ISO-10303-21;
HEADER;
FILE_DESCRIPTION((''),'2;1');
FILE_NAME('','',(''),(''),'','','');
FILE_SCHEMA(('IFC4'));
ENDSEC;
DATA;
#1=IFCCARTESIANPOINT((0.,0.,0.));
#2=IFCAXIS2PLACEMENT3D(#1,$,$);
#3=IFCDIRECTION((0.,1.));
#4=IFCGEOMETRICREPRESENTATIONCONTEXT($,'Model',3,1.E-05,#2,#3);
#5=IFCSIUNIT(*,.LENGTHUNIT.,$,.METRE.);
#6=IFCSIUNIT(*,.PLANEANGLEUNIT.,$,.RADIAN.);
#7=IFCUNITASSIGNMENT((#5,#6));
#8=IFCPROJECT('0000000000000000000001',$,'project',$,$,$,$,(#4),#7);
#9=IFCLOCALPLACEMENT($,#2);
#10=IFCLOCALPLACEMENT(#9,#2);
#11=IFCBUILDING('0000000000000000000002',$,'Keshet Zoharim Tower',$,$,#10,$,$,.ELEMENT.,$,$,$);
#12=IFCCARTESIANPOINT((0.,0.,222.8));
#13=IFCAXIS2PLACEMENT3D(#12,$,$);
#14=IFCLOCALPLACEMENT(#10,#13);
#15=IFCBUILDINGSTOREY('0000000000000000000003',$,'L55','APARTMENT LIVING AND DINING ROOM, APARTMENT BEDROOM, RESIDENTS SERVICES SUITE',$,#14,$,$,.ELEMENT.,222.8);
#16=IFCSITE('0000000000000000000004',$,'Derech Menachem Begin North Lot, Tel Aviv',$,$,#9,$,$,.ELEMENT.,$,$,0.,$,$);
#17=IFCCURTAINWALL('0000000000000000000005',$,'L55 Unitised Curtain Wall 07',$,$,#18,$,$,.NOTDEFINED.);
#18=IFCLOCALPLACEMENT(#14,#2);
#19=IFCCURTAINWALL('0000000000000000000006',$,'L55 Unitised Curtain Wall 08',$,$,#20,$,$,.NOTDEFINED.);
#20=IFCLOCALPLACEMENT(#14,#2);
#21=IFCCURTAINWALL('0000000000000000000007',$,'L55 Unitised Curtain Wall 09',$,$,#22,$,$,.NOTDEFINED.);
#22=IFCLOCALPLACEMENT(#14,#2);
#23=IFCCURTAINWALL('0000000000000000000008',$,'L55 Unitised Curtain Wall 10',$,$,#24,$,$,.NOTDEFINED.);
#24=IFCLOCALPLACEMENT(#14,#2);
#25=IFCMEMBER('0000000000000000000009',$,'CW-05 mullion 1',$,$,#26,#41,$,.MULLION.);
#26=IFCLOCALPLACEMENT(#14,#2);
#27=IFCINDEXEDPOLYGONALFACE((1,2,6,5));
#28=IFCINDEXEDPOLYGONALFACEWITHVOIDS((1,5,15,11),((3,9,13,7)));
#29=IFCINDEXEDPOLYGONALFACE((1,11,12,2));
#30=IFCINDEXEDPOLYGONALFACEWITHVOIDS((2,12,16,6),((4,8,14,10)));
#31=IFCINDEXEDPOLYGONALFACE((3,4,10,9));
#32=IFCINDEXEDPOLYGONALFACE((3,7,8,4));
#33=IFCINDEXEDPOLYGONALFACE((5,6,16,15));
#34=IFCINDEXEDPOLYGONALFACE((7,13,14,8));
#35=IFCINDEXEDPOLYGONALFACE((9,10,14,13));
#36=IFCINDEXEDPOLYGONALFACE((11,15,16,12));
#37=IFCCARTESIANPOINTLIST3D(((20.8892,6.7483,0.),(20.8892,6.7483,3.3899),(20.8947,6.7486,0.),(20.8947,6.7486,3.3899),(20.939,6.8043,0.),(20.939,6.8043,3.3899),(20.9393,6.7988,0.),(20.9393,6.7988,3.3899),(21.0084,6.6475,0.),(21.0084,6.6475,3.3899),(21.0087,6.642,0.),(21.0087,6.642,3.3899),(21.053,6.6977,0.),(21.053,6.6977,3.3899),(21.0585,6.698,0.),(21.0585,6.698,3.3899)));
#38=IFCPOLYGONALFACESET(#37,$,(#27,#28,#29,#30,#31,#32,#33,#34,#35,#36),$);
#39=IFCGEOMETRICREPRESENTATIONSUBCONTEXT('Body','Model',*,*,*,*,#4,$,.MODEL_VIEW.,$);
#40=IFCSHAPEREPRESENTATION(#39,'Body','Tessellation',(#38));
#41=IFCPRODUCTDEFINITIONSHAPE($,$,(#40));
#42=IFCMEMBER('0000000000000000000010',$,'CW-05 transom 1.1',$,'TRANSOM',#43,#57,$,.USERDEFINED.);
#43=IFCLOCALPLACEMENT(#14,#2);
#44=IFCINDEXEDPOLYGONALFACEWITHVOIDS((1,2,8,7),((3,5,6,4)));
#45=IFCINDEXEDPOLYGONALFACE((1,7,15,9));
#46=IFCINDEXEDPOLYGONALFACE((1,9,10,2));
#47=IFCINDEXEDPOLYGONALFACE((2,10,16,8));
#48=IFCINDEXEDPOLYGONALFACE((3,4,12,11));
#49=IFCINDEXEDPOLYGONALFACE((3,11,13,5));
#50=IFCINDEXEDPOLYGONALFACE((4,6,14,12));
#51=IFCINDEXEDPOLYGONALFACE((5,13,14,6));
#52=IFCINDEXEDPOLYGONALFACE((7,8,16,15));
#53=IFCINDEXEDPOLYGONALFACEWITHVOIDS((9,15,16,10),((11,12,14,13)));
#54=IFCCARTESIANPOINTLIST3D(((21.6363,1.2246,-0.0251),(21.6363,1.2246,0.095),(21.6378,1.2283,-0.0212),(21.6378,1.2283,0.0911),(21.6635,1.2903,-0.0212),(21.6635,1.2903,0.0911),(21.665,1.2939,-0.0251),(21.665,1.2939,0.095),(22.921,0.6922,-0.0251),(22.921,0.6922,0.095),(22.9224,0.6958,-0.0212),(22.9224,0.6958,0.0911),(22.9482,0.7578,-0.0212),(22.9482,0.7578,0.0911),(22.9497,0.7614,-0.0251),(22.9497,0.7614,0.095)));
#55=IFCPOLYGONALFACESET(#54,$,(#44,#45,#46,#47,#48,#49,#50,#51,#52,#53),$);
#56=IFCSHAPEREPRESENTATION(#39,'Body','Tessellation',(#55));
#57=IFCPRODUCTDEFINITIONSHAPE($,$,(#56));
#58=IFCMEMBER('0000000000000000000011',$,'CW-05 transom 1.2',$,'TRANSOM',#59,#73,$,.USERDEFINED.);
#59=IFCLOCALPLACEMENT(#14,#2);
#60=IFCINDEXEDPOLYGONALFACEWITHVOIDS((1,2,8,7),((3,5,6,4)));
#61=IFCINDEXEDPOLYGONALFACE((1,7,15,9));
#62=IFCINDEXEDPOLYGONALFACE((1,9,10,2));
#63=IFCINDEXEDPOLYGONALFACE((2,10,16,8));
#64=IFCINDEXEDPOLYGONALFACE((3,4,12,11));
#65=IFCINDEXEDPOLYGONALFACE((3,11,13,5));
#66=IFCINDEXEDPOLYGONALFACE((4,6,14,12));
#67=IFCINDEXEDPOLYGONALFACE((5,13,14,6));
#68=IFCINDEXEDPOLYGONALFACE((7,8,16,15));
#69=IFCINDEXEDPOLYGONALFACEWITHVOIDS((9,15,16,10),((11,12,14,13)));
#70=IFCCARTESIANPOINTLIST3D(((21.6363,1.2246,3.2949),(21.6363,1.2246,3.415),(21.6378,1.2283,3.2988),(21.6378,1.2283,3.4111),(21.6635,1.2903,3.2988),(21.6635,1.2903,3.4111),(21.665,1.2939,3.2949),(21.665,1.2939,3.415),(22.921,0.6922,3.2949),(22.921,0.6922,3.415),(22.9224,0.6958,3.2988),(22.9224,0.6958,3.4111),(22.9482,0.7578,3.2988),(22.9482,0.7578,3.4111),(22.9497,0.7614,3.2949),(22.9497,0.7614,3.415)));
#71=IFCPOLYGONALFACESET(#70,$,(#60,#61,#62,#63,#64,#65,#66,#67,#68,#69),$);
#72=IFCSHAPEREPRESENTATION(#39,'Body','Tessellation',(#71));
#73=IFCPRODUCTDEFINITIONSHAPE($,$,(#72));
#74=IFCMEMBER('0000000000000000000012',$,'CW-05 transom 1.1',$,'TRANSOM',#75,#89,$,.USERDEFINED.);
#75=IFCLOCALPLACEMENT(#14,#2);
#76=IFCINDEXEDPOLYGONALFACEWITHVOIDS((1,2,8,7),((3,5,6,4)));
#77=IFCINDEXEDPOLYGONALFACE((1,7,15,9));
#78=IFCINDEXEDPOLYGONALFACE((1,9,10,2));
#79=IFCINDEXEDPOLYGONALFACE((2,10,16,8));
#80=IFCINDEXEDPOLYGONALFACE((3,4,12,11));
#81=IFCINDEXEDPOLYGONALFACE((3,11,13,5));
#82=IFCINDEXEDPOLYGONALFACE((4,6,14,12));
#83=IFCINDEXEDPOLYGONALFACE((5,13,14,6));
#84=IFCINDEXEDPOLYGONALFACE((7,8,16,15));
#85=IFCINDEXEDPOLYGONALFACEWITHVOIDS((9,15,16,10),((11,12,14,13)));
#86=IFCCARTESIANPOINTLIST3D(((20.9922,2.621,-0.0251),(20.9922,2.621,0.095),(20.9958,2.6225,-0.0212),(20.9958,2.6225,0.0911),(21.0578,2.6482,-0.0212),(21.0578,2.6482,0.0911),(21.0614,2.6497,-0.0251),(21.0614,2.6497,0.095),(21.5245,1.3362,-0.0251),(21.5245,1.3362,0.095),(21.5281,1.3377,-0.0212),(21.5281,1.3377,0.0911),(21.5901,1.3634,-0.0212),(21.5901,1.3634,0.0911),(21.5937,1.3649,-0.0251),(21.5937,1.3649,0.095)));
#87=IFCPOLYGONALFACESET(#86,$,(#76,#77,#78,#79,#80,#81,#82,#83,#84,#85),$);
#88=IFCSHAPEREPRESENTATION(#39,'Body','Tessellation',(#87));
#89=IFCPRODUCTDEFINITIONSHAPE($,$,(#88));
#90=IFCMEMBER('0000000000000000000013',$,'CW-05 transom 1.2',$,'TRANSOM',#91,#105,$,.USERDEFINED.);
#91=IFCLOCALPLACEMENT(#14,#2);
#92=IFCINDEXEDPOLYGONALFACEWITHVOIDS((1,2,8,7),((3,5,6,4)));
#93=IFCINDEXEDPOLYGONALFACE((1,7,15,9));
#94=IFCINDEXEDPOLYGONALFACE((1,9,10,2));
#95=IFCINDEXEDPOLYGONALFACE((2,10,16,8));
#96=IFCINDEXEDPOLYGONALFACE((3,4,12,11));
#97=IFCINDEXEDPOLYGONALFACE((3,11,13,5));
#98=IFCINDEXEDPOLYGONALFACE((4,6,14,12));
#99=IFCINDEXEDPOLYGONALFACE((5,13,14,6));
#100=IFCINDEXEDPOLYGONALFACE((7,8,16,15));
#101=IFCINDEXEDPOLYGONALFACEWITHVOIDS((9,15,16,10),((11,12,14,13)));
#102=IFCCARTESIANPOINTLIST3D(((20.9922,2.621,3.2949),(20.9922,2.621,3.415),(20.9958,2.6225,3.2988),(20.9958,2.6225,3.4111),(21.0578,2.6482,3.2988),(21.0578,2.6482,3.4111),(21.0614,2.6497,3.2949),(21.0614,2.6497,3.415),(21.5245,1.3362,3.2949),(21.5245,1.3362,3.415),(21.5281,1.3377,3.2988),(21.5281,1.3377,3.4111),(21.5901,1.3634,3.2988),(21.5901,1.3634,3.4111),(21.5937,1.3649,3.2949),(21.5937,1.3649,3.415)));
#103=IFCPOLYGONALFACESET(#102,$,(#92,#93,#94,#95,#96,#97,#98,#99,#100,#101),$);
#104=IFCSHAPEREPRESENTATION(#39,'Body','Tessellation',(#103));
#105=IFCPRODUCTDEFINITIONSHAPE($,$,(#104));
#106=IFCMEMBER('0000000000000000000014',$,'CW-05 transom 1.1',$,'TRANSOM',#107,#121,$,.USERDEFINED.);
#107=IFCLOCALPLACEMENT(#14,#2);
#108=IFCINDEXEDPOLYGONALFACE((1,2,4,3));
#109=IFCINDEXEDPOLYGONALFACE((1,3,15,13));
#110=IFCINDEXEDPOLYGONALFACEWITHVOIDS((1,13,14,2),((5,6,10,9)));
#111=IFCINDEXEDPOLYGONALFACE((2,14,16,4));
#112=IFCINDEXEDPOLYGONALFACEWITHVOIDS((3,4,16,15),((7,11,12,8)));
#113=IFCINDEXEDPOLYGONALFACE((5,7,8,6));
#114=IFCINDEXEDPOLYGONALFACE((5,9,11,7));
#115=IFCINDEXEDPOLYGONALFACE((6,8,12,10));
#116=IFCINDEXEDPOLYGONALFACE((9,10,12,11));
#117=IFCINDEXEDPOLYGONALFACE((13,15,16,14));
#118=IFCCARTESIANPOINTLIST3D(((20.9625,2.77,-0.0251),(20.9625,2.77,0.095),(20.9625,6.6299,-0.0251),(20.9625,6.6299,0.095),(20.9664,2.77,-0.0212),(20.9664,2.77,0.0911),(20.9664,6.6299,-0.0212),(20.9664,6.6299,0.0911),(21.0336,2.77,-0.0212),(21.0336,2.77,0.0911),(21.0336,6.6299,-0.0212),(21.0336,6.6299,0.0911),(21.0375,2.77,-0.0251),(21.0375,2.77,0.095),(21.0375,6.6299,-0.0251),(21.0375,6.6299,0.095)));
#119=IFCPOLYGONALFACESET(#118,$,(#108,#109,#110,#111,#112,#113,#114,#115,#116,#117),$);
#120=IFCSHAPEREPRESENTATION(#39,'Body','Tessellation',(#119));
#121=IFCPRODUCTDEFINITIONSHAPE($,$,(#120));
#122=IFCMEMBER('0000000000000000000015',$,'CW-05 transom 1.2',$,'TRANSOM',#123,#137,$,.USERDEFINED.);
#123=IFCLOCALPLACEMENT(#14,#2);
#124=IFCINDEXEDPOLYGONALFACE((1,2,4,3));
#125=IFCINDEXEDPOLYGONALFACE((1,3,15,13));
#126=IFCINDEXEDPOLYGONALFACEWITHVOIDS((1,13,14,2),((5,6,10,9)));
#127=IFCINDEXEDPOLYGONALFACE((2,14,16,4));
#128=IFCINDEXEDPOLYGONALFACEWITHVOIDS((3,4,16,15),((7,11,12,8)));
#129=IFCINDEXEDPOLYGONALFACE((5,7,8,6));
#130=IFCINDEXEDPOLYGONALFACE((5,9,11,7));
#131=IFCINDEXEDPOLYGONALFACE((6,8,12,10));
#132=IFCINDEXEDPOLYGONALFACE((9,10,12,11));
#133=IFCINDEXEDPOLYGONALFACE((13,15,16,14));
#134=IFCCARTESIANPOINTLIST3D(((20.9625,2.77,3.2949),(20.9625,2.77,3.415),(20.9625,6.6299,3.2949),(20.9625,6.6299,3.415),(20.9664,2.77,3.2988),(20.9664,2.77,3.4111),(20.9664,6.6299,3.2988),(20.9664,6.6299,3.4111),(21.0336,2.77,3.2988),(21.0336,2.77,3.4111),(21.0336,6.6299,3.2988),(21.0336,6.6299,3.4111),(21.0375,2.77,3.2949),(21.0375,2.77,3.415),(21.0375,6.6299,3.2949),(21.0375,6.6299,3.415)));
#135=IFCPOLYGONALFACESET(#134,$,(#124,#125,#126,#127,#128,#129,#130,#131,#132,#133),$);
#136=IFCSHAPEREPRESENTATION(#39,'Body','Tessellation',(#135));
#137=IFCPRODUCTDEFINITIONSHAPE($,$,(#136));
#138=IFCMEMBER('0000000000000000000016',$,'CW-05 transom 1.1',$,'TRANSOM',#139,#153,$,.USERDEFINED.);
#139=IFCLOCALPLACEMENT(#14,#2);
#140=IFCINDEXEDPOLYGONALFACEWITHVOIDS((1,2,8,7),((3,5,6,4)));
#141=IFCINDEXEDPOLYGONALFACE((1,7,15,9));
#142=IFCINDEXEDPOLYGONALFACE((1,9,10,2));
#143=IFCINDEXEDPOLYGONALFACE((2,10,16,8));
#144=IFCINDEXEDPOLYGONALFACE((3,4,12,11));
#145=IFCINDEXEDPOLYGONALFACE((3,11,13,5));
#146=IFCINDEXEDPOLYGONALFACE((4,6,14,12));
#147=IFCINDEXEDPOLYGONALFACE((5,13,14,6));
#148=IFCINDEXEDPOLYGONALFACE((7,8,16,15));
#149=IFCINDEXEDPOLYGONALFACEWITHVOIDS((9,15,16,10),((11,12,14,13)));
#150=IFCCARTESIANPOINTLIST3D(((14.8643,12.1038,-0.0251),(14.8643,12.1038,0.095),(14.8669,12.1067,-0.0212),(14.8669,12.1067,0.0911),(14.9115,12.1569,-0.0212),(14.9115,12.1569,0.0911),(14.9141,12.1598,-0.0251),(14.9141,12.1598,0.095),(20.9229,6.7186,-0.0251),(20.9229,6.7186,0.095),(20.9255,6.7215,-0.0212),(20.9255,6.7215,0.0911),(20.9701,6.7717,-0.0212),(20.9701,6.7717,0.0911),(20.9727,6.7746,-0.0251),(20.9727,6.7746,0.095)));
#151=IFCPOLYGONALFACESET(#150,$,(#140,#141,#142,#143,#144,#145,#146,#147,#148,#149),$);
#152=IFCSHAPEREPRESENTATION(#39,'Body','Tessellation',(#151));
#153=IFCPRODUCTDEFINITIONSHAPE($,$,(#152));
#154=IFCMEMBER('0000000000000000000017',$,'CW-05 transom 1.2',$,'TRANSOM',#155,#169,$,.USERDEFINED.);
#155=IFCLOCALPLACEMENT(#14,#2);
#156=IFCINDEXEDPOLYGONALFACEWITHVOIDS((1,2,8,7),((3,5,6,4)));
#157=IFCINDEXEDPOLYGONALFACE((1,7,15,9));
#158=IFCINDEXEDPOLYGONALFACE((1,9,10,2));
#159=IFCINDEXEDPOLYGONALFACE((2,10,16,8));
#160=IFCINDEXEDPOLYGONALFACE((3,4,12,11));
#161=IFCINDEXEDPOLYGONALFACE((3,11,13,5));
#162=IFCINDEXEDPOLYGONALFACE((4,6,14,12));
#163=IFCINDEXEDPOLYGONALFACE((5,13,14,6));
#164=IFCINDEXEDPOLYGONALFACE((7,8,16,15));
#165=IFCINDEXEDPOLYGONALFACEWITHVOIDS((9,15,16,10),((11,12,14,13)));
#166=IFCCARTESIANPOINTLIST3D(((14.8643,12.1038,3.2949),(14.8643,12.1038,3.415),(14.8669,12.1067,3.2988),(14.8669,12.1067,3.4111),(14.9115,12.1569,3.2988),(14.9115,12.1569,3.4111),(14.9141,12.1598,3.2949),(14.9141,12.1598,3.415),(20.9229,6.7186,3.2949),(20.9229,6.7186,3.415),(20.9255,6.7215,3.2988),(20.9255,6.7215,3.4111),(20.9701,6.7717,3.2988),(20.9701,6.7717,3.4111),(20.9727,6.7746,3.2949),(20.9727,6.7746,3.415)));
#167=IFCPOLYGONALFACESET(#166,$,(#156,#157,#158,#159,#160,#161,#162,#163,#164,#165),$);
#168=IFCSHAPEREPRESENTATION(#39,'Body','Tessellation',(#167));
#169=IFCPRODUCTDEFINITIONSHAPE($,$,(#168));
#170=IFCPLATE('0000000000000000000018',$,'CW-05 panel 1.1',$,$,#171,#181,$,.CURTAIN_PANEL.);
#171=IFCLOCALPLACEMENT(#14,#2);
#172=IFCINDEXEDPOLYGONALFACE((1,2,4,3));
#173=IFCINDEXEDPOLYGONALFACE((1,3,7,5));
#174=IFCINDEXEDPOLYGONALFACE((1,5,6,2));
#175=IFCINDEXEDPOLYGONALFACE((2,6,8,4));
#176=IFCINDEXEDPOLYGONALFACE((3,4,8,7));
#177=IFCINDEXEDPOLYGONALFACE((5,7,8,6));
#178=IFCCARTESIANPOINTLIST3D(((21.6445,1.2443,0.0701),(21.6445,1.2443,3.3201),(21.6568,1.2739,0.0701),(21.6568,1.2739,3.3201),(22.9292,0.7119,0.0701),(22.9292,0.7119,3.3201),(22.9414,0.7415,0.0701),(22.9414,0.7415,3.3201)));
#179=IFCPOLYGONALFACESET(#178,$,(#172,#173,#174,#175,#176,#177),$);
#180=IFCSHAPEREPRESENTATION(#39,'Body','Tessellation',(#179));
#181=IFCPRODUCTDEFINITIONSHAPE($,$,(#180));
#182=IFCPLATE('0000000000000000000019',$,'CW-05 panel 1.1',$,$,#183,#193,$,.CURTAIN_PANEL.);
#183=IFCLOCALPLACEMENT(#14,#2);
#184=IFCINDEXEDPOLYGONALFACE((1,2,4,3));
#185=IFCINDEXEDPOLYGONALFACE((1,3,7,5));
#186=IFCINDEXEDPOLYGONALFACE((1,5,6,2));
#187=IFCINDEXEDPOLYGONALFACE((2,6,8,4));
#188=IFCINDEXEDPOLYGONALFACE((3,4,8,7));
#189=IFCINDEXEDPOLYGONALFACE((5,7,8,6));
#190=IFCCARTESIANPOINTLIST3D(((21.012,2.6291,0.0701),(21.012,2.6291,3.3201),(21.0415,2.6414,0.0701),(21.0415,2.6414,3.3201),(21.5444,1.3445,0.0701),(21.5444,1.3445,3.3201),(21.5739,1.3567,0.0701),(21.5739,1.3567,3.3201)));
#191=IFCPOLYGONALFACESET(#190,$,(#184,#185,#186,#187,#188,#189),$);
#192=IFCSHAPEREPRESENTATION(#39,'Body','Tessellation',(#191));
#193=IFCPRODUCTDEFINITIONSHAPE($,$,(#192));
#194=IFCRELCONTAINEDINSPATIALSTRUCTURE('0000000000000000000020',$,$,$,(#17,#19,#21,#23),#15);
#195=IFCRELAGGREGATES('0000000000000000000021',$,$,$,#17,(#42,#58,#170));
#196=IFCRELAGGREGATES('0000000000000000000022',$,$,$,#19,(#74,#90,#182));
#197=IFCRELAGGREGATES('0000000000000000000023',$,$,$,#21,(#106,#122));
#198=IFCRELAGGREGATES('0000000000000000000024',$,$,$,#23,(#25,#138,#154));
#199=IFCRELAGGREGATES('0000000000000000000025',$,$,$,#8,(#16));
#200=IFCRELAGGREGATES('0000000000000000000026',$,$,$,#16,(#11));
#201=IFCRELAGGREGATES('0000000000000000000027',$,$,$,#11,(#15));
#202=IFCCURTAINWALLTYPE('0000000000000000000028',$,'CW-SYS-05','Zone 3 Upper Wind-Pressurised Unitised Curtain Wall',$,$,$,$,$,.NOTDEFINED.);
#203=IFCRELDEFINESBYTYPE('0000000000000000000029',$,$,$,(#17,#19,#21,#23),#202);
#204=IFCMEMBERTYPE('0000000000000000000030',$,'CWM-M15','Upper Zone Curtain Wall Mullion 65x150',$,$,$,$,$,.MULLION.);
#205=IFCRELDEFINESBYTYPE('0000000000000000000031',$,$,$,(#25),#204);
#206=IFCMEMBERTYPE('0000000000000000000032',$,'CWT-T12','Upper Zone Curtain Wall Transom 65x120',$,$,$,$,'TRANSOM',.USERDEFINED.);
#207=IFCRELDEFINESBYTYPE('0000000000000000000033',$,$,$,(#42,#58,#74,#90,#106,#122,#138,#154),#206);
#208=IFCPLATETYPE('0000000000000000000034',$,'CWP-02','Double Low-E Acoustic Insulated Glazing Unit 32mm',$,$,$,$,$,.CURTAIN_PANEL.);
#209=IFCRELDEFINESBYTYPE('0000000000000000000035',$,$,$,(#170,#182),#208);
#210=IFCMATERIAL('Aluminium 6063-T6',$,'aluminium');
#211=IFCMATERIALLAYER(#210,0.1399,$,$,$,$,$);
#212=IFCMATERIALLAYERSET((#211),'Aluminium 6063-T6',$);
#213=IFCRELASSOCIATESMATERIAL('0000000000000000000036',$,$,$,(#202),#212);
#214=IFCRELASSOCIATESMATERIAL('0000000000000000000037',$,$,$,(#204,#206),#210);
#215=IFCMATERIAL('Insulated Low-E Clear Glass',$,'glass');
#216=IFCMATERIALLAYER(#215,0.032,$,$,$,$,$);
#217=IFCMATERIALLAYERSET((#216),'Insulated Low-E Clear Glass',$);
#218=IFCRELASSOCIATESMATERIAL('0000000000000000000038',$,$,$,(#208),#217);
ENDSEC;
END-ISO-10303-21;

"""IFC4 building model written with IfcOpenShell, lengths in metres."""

from ifc_helpers import new_model, si_unit, direction, frame, origin, origin_2d, place, context, subcontext, project, spatial, rectangle, hollow_rectangle, extrude, material, layer, layer_set, material_profile, profile_set, type_object, element, aggregate, save


model = new_model("IFC4")

# Units and contexts
model_context = context("Model", 3, precision=1e-05, world=origin(), true_north=direction((0.0, 1.0)))
body_context = subcontext(model_context, "Body", "Model", "MODEL_VIEW")
ifc_project = project(units=[si_unit("LENGTHUNIT", "METRE"), si_unit("PLANEANGLEUNIT", "RADIAN")], contexts=[model_context])

# Site, building, storey
site_placement = place(None, origin())
site = spatial("IfcSite", under=ifc_project, at=site_placement, Name="Derech Menachem Begin North Lot, Tel Aviv", CompositionType="ELEMENT", RefElevation=0.0)
building_placement = place(site_placement, origin())
building = spatial("IfcBuilding", under=site, at=building_placement, Name="Keshet Zoharim Tower", CompositionType="ELEMENT")
storey_placement = place(building_placement, frame((0.0, 0.0, 222.8)))
storey = spatial("IfcBuildingStorey", under=building, at=storey_placement, Name="L55", Description="APARTMENT LIVING AND DINING ROOM, APARTMENT BEDROOM, RESIDENTS SERVICES SUITE", CompositionType="ELEMENT", Elevation=222.8)

# Shared definitions
ifc_material_1 = material(Name="Aluminium 6063-T6", Category="aluminium")
ifc_layer_1 = layer(ifc_material_1, 0.1399)
ifc_layer_set_1 = layer_set([ifc_layer_1], Name="Aluminium 6063-T6")
curtain_wall_type = type_object("IfcCurtainWallType", Name="CW-SYS-05", Description="Zone 3 Upper Wind-Pressurised Unitised Curtain Wall", PredefinedType="NOTDEFINED", material=ifc_layer_set_1)
ifc_material_profile_1 = material_profile(ifc_material_1, hollow_rectangle(XDim=0.075, YDim=0.1599, WallThickness=0.0039, at=origin_2d()), Name="MUL-75x160")
ifc_profile_set_1 = profile_set([ifc_material_profile_1], Name="Aluminium 6063-T6")
member_type_1 = type_object("IfcMemberType", Name="CWM-M15", Description="Upper Zone Curtain Wall Mullion 65x150", PredefinedType="MULLION", material=ifc_profile_set_1)

# Curtain walls
curtain_wall_1_placement = place(storey_placement, origin())
curtain_wall_1 = element("IfcCurtainWall", 1, at=curtain_wall_1_placement, inside=storey, type_object=curtain_wall_type, Name="L55 Unitised Curtain Wall 07", PredefinedType="NOTDEFINED")
curtain_wall_2_placement = place(storey_placement, origin())
curtain_wall_2 = element("IfcCurtainWall", 2, at=curtain_wall_2_placement, inside=storey, type_object=curtain_wall_type, Name="L55 Unitised Curtain Wall 08", PredefinedType="NOTDEFINED")
curtain_wall_3_placement = place(storey_placement, origin())
curtain_wall_3 = element("IfcCurtainWall", 3, at=curtain_wall_3_placement, inside=storey, type_object=curtain_wall_type, Name="L55 Unitised Curtain Wall 09", PredefinedType="NOTDEFINED")

# Curtain wall, member
curtain_wall_4_placement = place(storey_placement, origin())
curtain_wall_4 = element("IfcCurtainWall", 4, at=curtain_wall_4_placement, inside=storey, type_object=curtain_wall_type, Name="L55 Unitised Curtain Wall 10", PredefinedType="NOTDEFINED")
member_1_placement = place(storey_placement, frame((20.9739, 6.7231, 0.0), z_axis=(0.0, 0.0, 1.0), x_axis=(-0.664363, -0.74741, 0.0)))
member_1 = element("IfcMember", 5, at=member_1_placement, type_object=member_type_1, Name="CW-05 mullion 1", PredefinedType="MULLION", context=body_context, shape_type="SweptSolid", body=[
    extrude(hollow_rectangle(XDim=0.075, YDim=0.1599, WallThickness=0.0039, at=origin_2d()), origin(), (0.0, 0.0, 1.0), 3.3899),
])

# Members
ifc_material_profile_2 = material_profile(ifc_material_1, hollow_rectangle(XDim=0.075, YDim=0.1201, WallThickness=0.0039, at=origin_2d()), Name="TRN-75x120")
ifc_profile_set_2 = profile_set([ifc_material_profile_2], Name="Aluminium 6063-T6")
member_type_2 = type_object("IfcMemberType", Name="CWT-T12", Description="Upper Zone Curtain Wall Transom 65x120", ElementType="TRANSOM", PredefinedType="USERDEFINED", material=ifc_profile_set_2)
member_2_placement = place(storey_placement, frame((22.9353, 0.7268, 0.0349), z_axis=(-0.923792, 0.382894, 0.0), x_axis=(-0.382894, -0.923792, 0.0)))
member_2 = element("IfcMember", 6, at=member_2_placement, type_object=member_type_2, Name="CW-05 transom 1.1", ObjectType="TRANSOM", PredefinedType="USERDEFINED", context=body_context, shape_type="SweptSolid", body=[
    extrude(hollow_rectangle(XDim=0.075, YDim=0.1201, WallThickness=0.0039, at=origin_2d()), origin(), (0.0, 0.0, 1.0), 1.3906),
])
member_3_placement = place(storey_placement, frame((22.9353, 0.7268, 3.355), z_axis=(-0.923792, 0.382894, 0.0), x_axis=(-0.382894, -0.923792, 0.0)))
member_3 = element("IfcMember", 7, at=member_3_placement, type_object=member_type_2, Name="CW-05 transom 1.2", ObjectType="TRANSOM", PredefinedType="USERDEFINED", context=body_context, shape_type="SweptSolid", body=[
    extrude(hollow_rectangle(XDim=0.075, YDim=0.1201, WallThickness=0.0039, at=origin_2d()), origin(), (0.0, 0.0, 1.0), 1.3906),
])
member_4_placement = place(storey_placement, frame((21.5591, 1.3506, 0.0349), z_axis=(-0.382745, 0.923854, 0.0), x_axis=(-0.923854, -0.382745, 0.0)))
member_4 = element("IfcMember", 8, at=member_4_placement, type_object=member_type_2, Name="CW-05 transom 1.1", ObjectType="TRANSOM", PredefinedType="USERDEFINED", context=body_context, shape_type="SweptSolid", body=[
    extrude(hollow_rectangle(XDim=0.075, YDim=0.1201, WallThickness=0.0039, at=origin_2d()), origin(), (0.0, 0.0, 1.0), 1.3906),
])
member_5_placement = place(storey_placement, frame((21.5591, 1.3506, 3.355), z_axis=(-0.382745, 0.923854, 0.0), x_axis=(-0.923854, -0.382745, 0.0)))
member_5 = element("IfcMember", 9, at=member_5_placement, type_object=member_type_2, Name="CW-05 transom 1.2", ObjectType="TRANSOM", PredefinedType="USERDEFINED", context=body_context, shape_type="SweptSolid", body=[
    extrude(hollow_rectangle(XDim=0.075, YDim=0.1201, WallThickness=0.0039, at=origin_2d()), origin(), (0.0, 0.0, 1.0), 1.3906),
])
member_6_placement = place(storey_placement, frame((21.0, 2.77, 0.0349), z_axis=(0.0, 1.0, 0.0), x_axis=(-1.0, 0.0, 0.0)))
member_6 = element("IfcMember", 10, at=member_6_placement, type_object=member_type_2, Name="CW-05 transom 1.1", ObjectType="TRANSOM", PredefinedType="USERDEFINED", context=body_context, shape_type="SweptSolid", body=[
    extrude(hollow_rectangle(XDim=0.075, YDim=0.1201, WallThickness=0.0039, at=origin_2d()), origin(), (0.0, 0.0, 1.0), 3.8599),
])
member_7_placement = place(storey_placement, frame((21.0, 2.77, 3.355), z_axis=(0.0, 1.0, 0.0), x_axis=(-1.0, 0.0, 0.0)))
member_7 = element("IfcMember", 11, at=member_7_placement, type_object=member_type_2, Name="CW-05 transom 1.2", ObjectType="TRANSOM", PredefinedType="USERDEFINED", context=body_context, shape_type="SweptSolid", body=[
    extrude(hollow_rectangle(XDim=0.075, YDim=0.1201, WallThickness=0.0039, at=origin_2d()), origin(), (0.0, 0.0, 1.0), 3.8599),
])
member_8_placement = place(storey_placement, frame((20.9478, 6.7466, 0.0349), z_axis=(-0.747419, 0.664353, 0.0), x_axis=(-0.664353, -0.747419, 0.0)))
member_8 = element("IfcMember", 12, at=member_8_placement, type_object=member_type_2, Name="CW-05 transom 1.1", ObjectType="TRANSOM", PredefinedType="USERDEFINED", context=body_context, shape_type="SweptSolid", body=[
    extrude(hollow_rectangle(XDim=0.075, YDim=0.1201, WallThickness=0.0039, at=origin_2d()), origin(), (0.0, 0.0, 1.0), 8.106),
])
member_9_placement = place(storey_placement, frame((20.9478, 6.7466, 3.355), z_axis=(-0.747419, 0.664353, 0.0), x_axis=(-0.664353, -0.747419, 0.0)))
member_9 = element("IfcMember", 13, at=member_9_placement, type_object=member_type_2, Name="CW-05 transom 1.2", ObjectType="TRANSOM", PredefinedType="USERDEFINED", context=body_context, shape_type="SweptSolid", body=[
    extrude(hollow_rectangle(XDim=0.075, YDim=0.1201, WallThickness=0.0039, at=origin_2d()), origin(), (0.0, 0.0, 1.0), 8.106),
])

# Plates
ifc_material_2 = material(Name="Insulated Low-E Clear Glass", Category="glass")
ifc_layer_2 = layer(ifc_material_2, 0.032)
ifc_layer_set_2 = layer_set([ifc_layer_2], Name="Insulated Low-E Clear Glass")
plate_type = type_object("IfcPlateType", Name="CWP-02", Description="Double Low-E Acoustic Insulated Glazing Unit 32mm", PredefinedType="CURTAIN_PANEL", material=ifc_layer_set_2)
plate_1_placement = place(storey_placement, frame((22.293, 0.9929, 0.0701), z_axis=(0.0, 0.0, 1.0), x_axis=(-0.92381, 0.382852, 0.0)))
plate_1 = element("IfcPlate", 14, at=plate_1_placement, type_object=plate_type, Name="CW-05 panel 1.1", PredefinedType="CURTAIN_PANEL", context=body_context, shape_type="SweptSolid", body=[
    extrude(rectangle(XDim=1.3906, YDim=0.032, at=origin_2d()), origin(), (0.0, 0.0, 1.0), 3.25),
])
aggregate(curtain_wall_1, [member_2, member_3, plate_1])
plate_2_placement = place(storey_placement, frame((21.293, 1.9929, 0.0701), z_axis=(0.0, 0.0, 1.0), x_axis=(-0.382852, 0.92381, 0.0)))
plate_2 = element("IfcPlate", 15, at=plate_2_placement, type_object=plate_type, Name="CW-05 panel 1.1", PredefinedType="CURTAIN_PANEL", context=body_context, shape_type="SweptSolid", body=[
    extrude(rectangle(XDim=1.3906, YDim=0.032, at=origin_2d()), origin(), (0.0, 0.0, 1.0), 3.25),
])
aggregate(curtain_wall_2, [member_4, member_5, plate_2])
aggregate(curtain_wall_3, [member_6, member_7])
aggregate(curtain_wall_4, [member_1, member_8, member_9])

save(model, "model.ifc")
